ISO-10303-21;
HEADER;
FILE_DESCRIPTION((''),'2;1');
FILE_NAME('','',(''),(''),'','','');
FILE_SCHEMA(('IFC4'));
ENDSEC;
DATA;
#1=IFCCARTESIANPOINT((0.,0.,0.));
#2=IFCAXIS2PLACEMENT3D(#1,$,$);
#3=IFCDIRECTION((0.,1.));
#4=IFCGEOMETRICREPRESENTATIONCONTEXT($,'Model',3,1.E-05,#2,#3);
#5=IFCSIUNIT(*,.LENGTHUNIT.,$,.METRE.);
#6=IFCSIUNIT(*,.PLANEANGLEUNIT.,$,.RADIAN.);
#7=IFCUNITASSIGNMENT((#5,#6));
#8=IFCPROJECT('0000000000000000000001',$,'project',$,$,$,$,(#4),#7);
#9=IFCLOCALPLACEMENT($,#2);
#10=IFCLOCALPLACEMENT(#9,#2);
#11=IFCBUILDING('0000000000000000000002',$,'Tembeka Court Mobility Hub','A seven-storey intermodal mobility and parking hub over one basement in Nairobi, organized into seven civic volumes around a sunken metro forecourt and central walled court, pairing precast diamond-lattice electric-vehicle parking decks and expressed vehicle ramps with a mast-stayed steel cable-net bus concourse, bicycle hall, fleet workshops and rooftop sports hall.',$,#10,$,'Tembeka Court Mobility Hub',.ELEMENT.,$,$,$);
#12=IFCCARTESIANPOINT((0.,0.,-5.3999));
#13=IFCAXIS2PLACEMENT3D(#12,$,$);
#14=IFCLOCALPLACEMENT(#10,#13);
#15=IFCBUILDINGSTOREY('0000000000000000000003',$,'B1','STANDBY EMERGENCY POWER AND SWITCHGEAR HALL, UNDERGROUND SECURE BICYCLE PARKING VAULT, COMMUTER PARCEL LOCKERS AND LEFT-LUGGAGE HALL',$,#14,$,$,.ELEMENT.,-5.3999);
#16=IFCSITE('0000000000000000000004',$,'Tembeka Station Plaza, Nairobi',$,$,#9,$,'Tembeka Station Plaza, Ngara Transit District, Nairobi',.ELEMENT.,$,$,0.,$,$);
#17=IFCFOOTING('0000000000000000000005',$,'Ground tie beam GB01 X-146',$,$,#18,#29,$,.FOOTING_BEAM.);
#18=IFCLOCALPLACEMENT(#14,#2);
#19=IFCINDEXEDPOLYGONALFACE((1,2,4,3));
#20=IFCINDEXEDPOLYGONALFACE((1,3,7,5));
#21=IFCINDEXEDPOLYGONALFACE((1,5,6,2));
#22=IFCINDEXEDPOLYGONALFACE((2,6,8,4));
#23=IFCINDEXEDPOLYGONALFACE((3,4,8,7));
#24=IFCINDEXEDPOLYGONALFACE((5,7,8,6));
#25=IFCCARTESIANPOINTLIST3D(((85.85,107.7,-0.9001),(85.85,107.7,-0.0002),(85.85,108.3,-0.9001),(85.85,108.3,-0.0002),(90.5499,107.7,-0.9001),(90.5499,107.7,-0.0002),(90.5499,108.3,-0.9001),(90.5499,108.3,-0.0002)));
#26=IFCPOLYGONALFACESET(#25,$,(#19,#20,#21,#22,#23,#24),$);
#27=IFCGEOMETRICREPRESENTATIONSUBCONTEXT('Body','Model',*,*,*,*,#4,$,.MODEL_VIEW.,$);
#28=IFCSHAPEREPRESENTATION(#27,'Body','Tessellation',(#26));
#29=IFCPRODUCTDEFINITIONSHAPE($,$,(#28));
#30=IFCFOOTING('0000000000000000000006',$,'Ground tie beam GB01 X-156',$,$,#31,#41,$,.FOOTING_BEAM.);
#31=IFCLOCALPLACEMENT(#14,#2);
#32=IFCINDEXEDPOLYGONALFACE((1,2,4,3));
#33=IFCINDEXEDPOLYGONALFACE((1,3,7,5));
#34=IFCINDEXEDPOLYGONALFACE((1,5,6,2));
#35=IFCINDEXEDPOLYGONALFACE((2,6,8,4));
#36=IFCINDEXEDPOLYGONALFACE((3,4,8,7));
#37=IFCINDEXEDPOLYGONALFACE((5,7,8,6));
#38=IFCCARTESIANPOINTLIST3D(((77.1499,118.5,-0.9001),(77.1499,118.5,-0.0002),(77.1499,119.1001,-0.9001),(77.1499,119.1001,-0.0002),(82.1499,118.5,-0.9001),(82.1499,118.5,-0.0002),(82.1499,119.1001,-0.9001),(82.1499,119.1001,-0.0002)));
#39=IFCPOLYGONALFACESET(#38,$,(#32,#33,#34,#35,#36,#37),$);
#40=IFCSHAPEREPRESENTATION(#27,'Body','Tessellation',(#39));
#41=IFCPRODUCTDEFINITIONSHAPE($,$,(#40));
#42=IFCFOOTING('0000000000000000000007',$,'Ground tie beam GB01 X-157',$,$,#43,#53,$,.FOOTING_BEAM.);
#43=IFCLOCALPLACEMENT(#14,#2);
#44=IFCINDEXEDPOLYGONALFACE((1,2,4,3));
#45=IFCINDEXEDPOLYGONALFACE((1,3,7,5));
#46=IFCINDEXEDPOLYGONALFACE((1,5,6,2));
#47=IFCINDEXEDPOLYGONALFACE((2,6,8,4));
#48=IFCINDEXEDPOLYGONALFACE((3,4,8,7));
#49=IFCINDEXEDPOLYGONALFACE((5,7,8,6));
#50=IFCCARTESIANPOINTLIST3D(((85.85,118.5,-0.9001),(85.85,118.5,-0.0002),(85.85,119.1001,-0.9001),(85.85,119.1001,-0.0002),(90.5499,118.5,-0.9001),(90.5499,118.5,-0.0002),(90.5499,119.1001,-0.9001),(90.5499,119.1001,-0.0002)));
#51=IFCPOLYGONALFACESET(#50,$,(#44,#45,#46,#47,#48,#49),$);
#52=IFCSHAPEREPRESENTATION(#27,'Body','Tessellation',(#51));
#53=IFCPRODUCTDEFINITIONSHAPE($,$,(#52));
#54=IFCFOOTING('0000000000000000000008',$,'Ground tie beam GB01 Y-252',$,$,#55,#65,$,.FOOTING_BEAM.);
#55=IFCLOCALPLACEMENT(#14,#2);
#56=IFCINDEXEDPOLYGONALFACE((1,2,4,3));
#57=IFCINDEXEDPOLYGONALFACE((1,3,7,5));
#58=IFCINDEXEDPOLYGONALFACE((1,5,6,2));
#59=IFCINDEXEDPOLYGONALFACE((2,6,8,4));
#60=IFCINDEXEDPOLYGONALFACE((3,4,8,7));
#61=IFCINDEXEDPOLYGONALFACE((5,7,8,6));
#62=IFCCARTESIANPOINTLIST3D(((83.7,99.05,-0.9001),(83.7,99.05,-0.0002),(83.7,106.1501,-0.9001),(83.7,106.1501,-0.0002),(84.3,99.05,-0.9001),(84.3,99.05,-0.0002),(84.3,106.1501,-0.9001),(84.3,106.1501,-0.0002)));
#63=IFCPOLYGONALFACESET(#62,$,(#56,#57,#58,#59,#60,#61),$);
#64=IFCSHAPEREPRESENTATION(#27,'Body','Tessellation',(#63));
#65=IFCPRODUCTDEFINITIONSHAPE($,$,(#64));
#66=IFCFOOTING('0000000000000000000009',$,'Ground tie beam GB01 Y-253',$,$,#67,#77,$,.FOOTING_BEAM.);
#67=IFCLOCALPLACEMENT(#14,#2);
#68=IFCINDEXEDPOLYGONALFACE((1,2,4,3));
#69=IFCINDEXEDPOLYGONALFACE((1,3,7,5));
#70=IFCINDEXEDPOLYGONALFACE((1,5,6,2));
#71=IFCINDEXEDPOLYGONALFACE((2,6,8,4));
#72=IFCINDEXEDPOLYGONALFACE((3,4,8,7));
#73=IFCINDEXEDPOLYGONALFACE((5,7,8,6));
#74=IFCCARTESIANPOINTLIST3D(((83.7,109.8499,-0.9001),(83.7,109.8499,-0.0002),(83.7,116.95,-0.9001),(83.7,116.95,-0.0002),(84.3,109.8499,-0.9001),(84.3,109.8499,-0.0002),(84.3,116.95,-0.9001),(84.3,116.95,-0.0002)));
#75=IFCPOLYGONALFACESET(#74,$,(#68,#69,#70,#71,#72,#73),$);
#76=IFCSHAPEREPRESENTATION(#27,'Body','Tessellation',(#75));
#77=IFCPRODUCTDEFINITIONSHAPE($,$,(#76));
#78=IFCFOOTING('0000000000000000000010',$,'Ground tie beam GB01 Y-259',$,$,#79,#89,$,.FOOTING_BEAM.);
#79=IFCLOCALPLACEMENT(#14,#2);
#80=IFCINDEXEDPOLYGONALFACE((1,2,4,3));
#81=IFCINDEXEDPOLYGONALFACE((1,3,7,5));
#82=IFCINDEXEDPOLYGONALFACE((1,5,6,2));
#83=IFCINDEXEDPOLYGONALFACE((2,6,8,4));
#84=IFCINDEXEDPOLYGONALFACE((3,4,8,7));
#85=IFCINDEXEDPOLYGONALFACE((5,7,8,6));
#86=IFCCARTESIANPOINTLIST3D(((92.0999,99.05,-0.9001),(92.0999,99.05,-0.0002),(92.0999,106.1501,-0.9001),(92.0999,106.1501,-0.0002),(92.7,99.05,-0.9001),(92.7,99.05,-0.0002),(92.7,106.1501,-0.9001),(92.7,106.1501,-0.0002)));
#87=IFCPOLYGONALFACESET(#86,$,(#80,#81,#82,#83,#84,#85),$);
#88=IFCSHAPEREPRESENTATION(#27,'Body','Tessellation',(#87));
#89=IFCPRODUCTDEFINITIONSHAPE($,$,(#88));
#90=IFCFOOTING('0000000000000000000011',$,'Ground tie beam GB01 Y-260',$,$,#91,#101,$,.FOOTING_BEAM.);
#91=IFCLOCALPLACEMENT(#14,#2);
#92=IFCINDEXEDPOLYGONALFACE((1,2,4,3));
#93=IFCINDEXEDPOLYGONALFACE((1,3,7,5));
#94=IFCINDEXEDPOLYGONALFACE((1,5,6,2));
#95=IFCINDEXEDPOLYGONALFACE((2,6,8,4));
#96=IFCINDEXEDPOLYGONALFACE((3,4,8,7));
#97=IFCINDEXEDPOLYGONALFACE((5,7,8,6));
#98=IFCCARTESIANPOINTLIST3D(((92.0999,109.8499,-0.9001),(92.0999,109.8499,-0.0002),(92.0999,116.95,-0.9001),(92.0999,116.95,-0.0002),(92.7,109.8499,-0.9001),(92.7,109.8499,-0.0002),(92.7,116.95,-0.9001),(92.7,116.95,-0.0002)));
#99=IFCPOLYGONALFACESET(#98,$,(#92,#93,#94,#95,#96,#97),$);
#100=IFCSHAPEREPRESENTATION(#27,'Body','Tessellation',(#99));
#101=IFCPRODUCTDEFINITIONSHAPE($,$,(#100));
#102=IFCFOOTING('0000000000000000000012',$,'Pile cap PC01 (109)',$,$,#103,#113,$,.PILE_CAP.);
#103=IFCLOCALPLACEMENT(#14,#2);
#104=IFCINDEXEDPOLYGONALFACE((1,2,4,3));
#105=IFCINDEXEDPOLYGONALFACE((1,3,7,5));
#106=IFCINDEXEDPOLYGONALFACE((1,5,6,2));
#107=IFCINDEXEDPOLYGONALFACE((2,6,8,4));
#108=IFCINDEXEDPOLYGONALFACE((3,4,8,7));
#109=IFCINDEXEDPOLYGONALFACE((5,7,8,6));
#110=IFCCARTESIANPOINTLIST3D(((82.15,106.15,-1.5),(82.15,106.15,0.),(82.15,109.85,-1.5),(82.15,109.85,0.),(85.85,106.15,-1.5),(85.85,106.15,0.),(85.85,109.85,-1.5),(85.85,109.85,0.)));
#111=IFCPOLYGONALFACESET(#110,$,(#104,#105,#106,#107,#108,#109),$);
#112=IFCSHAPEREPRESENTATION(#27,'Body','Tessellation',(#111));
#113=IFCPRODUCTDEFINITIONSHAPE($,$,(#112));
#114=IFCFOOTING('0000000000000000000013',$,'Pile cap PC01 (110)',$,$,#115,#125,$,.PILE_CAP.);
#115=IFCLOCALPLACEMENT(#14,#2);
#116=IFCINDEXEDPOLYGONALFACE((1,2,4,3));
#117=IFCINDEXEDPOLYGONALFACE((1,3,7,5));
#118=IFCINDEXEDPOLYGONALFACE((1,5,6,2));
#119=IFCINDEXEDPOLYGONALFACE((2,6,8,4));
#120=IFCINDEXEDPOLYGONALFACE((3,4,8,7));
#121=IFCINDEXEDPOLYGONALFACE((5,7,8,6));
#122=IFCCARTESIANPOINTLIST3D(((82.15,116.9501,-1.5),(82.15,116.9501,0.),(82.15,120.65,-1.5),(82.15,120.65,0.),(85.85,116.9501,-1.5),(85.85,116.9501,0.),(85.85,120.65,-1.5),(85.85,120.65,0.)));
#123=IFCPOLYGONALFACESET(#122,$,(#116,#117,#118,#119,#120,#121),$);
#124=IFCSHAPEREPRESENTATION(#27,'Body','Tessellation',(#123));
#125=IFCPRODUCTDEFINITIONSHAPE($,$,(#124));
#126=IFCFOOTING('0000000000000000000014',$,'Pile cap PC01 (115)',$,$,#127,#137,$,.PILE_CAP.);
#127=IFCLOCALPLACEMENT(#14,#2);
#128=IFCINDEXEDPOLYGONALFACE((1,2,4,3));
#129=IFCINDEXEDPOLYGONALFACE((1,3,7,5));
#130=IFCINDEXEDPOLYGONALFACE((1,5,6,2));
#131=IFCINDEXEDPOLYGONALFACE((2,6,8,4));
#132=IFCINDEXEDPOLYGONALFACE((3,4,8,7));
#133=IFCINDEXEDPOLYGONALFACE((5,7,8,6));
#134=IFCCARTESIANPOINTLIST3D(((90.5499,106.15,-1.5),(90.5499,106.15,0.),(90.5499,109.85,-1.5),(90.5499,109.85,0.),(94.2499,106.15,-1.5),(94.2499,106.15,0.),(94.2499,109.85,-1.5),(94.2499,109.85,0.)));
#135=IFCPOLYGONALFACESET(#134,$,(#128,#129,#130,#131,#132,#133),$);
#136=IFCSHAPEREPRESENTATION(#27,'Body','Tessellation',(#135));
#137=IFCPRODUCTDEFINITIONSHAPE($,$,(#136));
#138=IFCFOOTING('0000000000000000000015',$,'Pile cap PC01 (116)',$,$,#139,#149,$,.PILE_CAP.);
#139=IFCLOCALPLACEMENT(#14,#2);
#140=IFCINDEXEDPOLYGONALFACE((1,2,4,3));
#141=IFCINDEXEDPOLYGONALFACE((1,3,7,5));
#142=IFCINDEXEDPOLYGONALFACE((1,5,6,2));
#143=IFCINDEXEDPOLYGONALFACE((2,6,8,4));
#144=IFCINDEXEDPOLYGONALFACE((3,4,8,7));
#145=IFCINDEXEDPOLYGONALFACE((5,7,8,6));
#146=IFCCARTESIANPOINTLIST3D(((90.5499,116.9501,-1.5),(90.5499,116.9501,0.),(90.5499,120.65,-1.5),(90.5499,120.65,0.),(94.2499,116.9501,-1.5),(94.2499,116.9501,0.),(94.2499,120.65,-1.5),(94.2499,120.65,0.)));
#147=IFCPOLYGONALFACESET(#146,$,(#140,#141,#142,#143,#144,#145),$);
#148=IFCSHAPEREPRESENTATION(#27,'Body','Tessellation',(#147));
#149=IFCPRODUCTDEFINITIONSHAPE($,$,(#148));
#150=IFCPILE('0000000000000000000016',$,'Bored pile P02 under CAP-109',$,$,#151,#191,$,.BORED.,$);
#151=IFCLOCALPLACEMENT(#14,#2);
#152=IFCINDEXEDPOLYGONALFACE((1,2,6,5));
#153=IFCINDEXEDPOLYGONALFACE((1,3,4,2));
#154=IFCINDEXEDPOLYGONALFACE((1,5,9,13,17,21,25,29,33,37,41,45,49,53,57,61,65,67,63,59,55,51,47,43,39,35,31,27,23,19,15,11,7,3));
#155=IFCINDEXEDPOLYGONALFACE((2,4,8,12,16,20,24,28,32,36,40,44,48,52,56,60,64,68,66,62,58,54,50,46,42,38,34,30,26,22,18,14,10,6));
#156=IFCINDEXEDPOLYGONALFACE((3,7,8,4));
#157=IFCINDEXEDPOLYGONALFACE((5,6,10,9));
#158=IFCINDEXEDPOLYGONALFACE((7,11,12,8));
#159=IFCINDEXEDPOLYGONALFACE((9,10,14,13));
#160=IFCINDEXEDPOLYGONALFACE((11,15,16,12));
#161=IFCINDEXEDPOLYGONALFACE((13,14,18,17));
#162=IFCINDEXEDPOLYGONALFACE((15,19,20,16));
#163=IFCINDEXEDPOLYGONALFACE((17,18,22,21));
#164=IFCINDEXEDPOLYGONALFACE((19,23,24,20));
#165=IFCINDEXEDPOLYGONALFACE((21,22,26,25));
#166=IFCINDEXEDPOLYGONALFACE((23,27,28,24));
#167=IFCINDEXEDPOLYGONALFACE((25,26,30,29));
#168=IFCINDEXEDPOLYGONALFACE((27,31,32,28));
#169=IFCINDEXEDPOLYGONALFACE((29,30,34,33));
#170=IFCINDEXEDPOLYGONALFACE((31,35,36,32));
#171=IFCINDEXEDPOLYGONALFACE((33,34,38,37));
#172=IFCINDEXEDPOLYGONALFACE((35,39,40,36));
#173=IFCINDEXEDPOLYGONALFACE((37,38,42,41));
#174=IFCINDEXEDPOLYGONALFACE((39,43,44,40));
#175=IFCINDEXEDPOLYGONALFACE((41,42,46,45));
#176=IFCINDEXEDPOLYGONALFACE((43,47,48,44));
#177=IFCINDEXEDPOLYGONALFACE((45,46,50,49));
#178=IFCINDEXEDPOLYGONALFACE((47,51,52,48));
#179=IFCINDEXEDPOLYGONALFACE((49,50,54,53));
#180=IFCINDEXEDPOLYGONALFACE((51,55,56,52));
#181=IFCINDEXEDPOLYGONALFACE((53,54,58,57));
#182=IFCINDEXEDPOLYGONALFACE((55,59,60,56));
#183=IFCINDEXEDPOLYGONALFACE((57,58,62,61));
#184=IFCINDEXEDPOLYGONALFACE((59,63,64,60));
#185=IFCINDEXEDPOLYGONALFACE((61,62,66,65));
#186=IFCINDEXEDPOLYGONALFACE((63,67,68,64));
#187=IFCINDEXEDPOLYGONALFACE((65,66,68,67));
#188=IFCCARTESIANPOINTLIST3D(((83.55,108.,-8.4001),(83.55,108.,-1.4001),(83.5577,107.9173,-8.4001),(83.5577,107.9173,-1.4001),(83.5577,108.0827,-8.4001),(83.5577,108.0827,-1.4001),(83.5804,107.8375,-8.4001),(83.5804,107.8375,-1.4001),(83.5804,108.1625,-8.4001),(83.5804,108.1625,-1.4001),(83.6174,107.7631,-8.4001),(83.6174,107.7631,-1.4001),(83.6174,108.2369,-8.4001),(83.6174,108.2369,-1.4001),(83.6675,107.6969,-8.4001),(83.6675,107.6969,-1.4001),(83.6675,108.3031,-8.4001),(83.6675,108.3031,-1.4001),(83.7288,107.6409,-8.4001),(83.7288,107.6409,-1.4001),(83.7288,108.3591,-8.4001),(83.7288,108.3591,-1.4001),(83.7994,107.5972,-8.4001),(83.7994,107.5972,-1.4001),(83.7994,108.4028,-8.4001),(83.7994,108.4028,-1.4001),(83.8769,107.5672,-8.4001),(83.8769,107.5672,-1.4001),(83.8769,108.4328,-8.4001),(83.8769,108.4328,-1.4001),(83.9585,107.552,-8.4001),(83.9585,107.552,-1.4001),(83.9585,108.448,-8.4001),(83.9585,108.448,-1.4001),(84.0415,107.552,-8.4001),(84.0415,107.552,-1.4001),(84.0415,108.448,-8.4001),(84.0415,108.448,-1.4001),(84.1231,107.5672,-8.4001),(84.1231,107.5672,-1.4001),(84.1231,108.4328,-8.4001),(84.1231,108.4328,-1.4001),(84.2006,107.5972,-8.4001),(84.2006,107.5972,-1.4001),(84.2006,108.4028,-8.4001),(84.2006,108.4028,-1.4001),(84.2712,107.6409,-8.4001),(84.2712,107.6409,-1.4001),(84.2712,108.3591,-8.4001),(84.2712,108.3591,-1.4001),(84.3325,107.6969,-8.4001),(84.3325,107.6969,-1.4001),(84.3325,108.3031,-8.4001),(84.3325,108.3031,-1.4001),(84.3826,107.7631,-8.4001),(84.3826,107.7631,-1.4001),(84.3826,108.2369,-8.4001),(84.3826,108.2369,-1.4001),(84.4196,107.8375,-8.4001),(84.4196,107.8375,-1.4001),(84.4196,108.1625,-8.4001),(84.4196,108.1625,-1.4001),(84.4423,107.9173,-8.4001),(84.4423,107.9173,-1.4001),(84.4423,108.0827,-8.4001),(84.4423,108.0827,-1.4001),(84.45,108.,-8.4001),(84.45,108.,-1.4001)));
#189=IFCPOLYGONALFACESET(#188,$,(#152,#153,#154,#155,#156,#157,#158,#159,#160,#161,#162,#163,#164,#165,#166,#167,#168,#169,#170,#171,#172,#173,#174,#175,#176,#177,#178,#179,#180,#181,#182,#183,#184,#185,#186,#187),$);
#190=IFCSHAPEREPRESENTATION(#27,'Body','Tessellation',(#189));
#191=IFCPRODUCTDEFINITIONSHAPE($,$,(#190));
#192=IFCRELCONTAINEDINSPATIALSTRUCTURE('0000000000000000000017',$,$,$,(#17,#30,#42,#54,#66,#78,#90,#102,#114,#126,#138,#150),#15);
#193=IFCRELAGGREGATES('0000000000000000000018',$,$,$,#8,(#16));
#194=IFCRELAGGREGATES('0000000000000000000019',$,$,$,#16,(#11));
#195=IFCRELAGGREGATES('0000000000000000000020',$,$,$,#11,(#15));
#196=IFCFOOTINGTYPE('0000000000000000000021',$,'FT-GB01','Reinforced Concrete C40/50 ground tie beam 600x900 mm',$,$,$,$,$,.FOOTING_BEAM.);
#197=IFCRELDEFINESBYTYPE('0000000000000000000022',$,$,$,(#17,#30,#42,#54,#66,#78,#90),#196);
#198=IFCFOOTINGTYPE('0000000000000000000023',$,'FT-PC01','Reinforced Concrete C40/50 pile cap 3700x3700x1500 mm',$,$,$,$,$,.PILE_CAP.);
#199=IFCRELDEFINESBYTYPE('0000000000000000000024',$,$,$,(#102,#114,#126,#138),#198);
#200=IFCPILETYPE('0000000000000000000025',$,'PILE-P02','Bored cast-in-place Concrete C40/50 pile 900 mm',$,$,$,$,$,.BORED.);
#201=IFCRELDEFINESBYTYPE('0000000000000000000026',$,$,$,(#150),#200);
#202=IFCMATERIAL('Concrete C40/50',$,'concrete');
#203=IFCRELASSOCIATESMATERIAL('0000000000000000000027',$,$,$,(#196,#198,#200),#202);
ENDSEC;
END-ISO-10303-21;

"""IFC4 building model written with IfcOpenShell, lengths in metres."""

from ifc_helpers import new_model, si_unit, direction, frame, origin, origin_2d, place, context, subcontext, project, spatial, rectangle, circle, extrude, material, material_profile, profile_set, type_object, element, save


model = new_model("IFC4")

# Units and contexts
model_context = context("Model", 3, precision=1e-05, world=origin(), true_north=direction((0.0, 1.0)))
body_context = subcontext(model_context, "Body", "Model", "MODEL_VIEW")
ifc_project = project(units=[si_unit("LENGTHUNIT", "METRE"), si_unit("PLANEANGLEUNIT", "RADIAN")], contexts=[model_context])

# Site, building, storey
site_placement = place(None, origin())
site = spatial("IfcSite", under=ifc_project, at=site_placement, Name="Tembeka Station Plaza, Nairobi", LongName="Tembeka Station Plaza, Ngara Transit District, Nairobi", CompositionType="ELEMENT", RefElevation=0.0)
building_placement = place(site_placement, origin())
building = spatial("IfcBuilding", under=site, at=building_placement, Name="Tembeka Court Mobility Hub", Description="A seven-storey intermodal mobility and parking hub over one basement in Nairobi, organized into seven civic volumes around a sunken metro forecourt and central walled court, pairing precast diamond-lattice electric-vehicle parking decks and expressed vehicle ramps with a mast-stayed steel cable-net bus concourse, bicycle hall, fleet workshops and rooftop sports hall.", LongName="Tembeka Court Mobility Hub", CompositionType="ELEMENT")
storey_placement = place(building_placement, frame((0.0, 0.0, -5.3999)))
storey = spatial("IfcBuildingStorey", under=building, at=storey_placement, Name="B1", Description="STANDBY EMERGENCY POWER AND SWITCHGEAR HALL, UNDERGROUND SECURE BICYCLE PARKING VAULT, COMMUTER PARCEL LOCKERS AND LEFT-LUGGAGE HALL", CompositionType="ELEMENT", Elevation=-5.3999)

# Footings
ifc_material_1 = material(Name="Concrete C40/50", Category="concrete")
footing_type_1 = type_object("IfcFootingType", Name="FT-GB01", Description="Reinforced Concrete C40/50 ground tie beam 600x900 mm", PredefinedType="FOOTING_BEAM", material=ifc_material_1)
footing_1_placement = place(storey_placement, frame((88.2, 108.0, -0.9001), z_axis=(0.0, 0.0, 1.0), x_axis=(1.0, 0.0, 0.0)))
element("IfcFooting", 1, at=footing_1_placement, inside=storey, type_object=footing_type_1, Name="Ground tie beam GB01 X-146", PredefinedType="FOOTING_BEAM", context=body_context, shape_type="SweptSolid", body=[
    extrude(rectangle(XDim=4.7, YDim=0.6001, at=origin_2d()), origin(), (0.0, 0.0, 1.0), 0.8999),
])
footing_2_placement = place(storey_placement, frame((79.6499, 118.8, -0.9001), z_axis=(0.0, 0.0, 1.0), x_axis=(1.0, 0.0, 0.0)))
element("IfcFooting", 2, at=footing_2_placement, inside=storey, type_object=footing_type_1, Name="Ground tie beam GB01 X-156", PredefinedType="FOOTING_BEAM", context=body_context, shape_type="SweptSolid", body=[
    extrude(rectangle(XDim=5.0, YDim=0.6001, at=origin_2d()), origin(), (0.0, 0.0, 1.0), 0.8999),
])
footing_3_placement = place(storey_placement, frame((88.2, 118.8, -0.9001), z_axis=(0.0, 0.0, 1.0), x_axis=(1.0, 0.0, 0.0)))
element("IfcFooting", 3, at=footing_3_placement, inside=storey, type_object=footing_type_1, Name="Ground tie beam GB01 X-157", PredefinedType="FOOTING_BEAM", context=body_context, shape_type="SweptSolid", body=[
    extrude(rectangle(XDim=4.7, YDim=0.6001, at=origin_2d()), origin(), (0.0, 0.0, 1.0), 0.8999),
])
for number, where, z_axis, x_axis, name in (
    (4, (84.0, 102.6001, -0.9001), (0.0, 0.0, 1.0), (0.0, 1.0, 0.0), "Ground tie beam GB01 Y-252"),
    (5, (84.0, 113.3999, -0.9001), (0.0, 0.0, 1.0), (0.0, 1.0, 0.0), "Ground tie beam GB01 Y-253"),
    (6, (92.3999, 102.6001, -0.9001), (0.0, 0.0, 1.0), (0.0, 1.0, 0.0), "Ground tie beam GB01 Y-259"),
    (7, (92.3999, 113.3999, -0.9001), (0.0, 0.0, 1.0), (0.0, 1.0, 0.0), "Ground tie beam GB01 Y-260"),
):
    element("IfcFooting", number, at=place(storey_placement, frame(where, z_axis=z_axis, x_axis=x_axis)), inside=storey, type_object=footing_type_1, Name=name, PredefinedType="FOOTING_BEAM", context=body_context, shape_type="SweptSolid", body=[
        extrude(rectangle(XDim=7.1001, YDim=0.6001, at=origin_2d()), origin(), (0.0, 0.0, 1.0), 0.8999),
    ])
footing_type_2 = type_object("IfcFootingType", Name="FT-PC01", Description="Reinforced Concrete C40/50 pile cap 3700x3700x1500 mm", PredefinedType="PILE_CAP", material=ifc_material_1)
for number, where, z_axis, x_axis, name in (
    (8, (84.0, 108.0, -1.5), (0.0, 0.0, 1.0), (1.0, 0.0, 0.0), "Pile cap PC01 (109)"),
    (9, (84.0, 118.8, -1.5), (0.0, 0.0, 1.0), (1.0, 0.0, 0.0), "Pile cap PC01 (110)"),
    (10, (92.3999, 108.0, -1.5), (0.0, 0.0, 1.0), (1.0, 0.0, 0.0), "Pile cap PC01 (115)"),
    (11, (92.3999, 118.8, -1.5), (0.0, 0.0, 1.0), (1.0, 0.0, 0.0), "Pile cap PC01 (116)"),
):
    element("IfcFooting", number, at=place(storey_placement, frame(where, z_axis=z_axis, x_axis=x_axis)), inside=storey, type_object=footing_type_2, Name=name, PredefinedType="PILE_CAP", context=body_context, shape_type="SweptSolid", body=[
        extrude(rectangle(XDim=3.7, YDim=3.7, at=origin_2d()), origin(), (0.0, 0.0, 1.0), 1.5),
    ])

# Pile
ifc_material_profile_1 = material_profile(ifc_material_1, circle(Radius=0.45, at=origin_2d()), Name="PILE D900")
ifc_profile_set_1 = profile_set([ifc_material_profile_1], Name="Concrete C40/50")
pile_type = type_object("IfcPileType", Name="PILE-P02", Description="Bored cast-in-place Concrete C40/50 pile 900 mm", PredefinedType="BORED", material=ifc_profile_set_1)
for number, where, z_axis, x_axis, name in (
    (12, (84.0, 108.0, -1.4001), (0.0, 0.0, -1.0), (1.0, 0.0, 0.0), "Bored pile P02 under CAP-109"),
):
    element("IfcPile", number, at=place(storey_placement, frame(where, z_axis=z_axis, x_axis=x_axis)), inside=storey, type_object=pile_type, Name=name, PredefinedType="BORED", context=body_context, shape_type="SweptSolid", body=[
        extrude(circle(Radius=0.45, at=origin_2d()), origin(), (0.0, 0.0, 1.0), 7.0),
    ])

save(model, "model.ifc")
